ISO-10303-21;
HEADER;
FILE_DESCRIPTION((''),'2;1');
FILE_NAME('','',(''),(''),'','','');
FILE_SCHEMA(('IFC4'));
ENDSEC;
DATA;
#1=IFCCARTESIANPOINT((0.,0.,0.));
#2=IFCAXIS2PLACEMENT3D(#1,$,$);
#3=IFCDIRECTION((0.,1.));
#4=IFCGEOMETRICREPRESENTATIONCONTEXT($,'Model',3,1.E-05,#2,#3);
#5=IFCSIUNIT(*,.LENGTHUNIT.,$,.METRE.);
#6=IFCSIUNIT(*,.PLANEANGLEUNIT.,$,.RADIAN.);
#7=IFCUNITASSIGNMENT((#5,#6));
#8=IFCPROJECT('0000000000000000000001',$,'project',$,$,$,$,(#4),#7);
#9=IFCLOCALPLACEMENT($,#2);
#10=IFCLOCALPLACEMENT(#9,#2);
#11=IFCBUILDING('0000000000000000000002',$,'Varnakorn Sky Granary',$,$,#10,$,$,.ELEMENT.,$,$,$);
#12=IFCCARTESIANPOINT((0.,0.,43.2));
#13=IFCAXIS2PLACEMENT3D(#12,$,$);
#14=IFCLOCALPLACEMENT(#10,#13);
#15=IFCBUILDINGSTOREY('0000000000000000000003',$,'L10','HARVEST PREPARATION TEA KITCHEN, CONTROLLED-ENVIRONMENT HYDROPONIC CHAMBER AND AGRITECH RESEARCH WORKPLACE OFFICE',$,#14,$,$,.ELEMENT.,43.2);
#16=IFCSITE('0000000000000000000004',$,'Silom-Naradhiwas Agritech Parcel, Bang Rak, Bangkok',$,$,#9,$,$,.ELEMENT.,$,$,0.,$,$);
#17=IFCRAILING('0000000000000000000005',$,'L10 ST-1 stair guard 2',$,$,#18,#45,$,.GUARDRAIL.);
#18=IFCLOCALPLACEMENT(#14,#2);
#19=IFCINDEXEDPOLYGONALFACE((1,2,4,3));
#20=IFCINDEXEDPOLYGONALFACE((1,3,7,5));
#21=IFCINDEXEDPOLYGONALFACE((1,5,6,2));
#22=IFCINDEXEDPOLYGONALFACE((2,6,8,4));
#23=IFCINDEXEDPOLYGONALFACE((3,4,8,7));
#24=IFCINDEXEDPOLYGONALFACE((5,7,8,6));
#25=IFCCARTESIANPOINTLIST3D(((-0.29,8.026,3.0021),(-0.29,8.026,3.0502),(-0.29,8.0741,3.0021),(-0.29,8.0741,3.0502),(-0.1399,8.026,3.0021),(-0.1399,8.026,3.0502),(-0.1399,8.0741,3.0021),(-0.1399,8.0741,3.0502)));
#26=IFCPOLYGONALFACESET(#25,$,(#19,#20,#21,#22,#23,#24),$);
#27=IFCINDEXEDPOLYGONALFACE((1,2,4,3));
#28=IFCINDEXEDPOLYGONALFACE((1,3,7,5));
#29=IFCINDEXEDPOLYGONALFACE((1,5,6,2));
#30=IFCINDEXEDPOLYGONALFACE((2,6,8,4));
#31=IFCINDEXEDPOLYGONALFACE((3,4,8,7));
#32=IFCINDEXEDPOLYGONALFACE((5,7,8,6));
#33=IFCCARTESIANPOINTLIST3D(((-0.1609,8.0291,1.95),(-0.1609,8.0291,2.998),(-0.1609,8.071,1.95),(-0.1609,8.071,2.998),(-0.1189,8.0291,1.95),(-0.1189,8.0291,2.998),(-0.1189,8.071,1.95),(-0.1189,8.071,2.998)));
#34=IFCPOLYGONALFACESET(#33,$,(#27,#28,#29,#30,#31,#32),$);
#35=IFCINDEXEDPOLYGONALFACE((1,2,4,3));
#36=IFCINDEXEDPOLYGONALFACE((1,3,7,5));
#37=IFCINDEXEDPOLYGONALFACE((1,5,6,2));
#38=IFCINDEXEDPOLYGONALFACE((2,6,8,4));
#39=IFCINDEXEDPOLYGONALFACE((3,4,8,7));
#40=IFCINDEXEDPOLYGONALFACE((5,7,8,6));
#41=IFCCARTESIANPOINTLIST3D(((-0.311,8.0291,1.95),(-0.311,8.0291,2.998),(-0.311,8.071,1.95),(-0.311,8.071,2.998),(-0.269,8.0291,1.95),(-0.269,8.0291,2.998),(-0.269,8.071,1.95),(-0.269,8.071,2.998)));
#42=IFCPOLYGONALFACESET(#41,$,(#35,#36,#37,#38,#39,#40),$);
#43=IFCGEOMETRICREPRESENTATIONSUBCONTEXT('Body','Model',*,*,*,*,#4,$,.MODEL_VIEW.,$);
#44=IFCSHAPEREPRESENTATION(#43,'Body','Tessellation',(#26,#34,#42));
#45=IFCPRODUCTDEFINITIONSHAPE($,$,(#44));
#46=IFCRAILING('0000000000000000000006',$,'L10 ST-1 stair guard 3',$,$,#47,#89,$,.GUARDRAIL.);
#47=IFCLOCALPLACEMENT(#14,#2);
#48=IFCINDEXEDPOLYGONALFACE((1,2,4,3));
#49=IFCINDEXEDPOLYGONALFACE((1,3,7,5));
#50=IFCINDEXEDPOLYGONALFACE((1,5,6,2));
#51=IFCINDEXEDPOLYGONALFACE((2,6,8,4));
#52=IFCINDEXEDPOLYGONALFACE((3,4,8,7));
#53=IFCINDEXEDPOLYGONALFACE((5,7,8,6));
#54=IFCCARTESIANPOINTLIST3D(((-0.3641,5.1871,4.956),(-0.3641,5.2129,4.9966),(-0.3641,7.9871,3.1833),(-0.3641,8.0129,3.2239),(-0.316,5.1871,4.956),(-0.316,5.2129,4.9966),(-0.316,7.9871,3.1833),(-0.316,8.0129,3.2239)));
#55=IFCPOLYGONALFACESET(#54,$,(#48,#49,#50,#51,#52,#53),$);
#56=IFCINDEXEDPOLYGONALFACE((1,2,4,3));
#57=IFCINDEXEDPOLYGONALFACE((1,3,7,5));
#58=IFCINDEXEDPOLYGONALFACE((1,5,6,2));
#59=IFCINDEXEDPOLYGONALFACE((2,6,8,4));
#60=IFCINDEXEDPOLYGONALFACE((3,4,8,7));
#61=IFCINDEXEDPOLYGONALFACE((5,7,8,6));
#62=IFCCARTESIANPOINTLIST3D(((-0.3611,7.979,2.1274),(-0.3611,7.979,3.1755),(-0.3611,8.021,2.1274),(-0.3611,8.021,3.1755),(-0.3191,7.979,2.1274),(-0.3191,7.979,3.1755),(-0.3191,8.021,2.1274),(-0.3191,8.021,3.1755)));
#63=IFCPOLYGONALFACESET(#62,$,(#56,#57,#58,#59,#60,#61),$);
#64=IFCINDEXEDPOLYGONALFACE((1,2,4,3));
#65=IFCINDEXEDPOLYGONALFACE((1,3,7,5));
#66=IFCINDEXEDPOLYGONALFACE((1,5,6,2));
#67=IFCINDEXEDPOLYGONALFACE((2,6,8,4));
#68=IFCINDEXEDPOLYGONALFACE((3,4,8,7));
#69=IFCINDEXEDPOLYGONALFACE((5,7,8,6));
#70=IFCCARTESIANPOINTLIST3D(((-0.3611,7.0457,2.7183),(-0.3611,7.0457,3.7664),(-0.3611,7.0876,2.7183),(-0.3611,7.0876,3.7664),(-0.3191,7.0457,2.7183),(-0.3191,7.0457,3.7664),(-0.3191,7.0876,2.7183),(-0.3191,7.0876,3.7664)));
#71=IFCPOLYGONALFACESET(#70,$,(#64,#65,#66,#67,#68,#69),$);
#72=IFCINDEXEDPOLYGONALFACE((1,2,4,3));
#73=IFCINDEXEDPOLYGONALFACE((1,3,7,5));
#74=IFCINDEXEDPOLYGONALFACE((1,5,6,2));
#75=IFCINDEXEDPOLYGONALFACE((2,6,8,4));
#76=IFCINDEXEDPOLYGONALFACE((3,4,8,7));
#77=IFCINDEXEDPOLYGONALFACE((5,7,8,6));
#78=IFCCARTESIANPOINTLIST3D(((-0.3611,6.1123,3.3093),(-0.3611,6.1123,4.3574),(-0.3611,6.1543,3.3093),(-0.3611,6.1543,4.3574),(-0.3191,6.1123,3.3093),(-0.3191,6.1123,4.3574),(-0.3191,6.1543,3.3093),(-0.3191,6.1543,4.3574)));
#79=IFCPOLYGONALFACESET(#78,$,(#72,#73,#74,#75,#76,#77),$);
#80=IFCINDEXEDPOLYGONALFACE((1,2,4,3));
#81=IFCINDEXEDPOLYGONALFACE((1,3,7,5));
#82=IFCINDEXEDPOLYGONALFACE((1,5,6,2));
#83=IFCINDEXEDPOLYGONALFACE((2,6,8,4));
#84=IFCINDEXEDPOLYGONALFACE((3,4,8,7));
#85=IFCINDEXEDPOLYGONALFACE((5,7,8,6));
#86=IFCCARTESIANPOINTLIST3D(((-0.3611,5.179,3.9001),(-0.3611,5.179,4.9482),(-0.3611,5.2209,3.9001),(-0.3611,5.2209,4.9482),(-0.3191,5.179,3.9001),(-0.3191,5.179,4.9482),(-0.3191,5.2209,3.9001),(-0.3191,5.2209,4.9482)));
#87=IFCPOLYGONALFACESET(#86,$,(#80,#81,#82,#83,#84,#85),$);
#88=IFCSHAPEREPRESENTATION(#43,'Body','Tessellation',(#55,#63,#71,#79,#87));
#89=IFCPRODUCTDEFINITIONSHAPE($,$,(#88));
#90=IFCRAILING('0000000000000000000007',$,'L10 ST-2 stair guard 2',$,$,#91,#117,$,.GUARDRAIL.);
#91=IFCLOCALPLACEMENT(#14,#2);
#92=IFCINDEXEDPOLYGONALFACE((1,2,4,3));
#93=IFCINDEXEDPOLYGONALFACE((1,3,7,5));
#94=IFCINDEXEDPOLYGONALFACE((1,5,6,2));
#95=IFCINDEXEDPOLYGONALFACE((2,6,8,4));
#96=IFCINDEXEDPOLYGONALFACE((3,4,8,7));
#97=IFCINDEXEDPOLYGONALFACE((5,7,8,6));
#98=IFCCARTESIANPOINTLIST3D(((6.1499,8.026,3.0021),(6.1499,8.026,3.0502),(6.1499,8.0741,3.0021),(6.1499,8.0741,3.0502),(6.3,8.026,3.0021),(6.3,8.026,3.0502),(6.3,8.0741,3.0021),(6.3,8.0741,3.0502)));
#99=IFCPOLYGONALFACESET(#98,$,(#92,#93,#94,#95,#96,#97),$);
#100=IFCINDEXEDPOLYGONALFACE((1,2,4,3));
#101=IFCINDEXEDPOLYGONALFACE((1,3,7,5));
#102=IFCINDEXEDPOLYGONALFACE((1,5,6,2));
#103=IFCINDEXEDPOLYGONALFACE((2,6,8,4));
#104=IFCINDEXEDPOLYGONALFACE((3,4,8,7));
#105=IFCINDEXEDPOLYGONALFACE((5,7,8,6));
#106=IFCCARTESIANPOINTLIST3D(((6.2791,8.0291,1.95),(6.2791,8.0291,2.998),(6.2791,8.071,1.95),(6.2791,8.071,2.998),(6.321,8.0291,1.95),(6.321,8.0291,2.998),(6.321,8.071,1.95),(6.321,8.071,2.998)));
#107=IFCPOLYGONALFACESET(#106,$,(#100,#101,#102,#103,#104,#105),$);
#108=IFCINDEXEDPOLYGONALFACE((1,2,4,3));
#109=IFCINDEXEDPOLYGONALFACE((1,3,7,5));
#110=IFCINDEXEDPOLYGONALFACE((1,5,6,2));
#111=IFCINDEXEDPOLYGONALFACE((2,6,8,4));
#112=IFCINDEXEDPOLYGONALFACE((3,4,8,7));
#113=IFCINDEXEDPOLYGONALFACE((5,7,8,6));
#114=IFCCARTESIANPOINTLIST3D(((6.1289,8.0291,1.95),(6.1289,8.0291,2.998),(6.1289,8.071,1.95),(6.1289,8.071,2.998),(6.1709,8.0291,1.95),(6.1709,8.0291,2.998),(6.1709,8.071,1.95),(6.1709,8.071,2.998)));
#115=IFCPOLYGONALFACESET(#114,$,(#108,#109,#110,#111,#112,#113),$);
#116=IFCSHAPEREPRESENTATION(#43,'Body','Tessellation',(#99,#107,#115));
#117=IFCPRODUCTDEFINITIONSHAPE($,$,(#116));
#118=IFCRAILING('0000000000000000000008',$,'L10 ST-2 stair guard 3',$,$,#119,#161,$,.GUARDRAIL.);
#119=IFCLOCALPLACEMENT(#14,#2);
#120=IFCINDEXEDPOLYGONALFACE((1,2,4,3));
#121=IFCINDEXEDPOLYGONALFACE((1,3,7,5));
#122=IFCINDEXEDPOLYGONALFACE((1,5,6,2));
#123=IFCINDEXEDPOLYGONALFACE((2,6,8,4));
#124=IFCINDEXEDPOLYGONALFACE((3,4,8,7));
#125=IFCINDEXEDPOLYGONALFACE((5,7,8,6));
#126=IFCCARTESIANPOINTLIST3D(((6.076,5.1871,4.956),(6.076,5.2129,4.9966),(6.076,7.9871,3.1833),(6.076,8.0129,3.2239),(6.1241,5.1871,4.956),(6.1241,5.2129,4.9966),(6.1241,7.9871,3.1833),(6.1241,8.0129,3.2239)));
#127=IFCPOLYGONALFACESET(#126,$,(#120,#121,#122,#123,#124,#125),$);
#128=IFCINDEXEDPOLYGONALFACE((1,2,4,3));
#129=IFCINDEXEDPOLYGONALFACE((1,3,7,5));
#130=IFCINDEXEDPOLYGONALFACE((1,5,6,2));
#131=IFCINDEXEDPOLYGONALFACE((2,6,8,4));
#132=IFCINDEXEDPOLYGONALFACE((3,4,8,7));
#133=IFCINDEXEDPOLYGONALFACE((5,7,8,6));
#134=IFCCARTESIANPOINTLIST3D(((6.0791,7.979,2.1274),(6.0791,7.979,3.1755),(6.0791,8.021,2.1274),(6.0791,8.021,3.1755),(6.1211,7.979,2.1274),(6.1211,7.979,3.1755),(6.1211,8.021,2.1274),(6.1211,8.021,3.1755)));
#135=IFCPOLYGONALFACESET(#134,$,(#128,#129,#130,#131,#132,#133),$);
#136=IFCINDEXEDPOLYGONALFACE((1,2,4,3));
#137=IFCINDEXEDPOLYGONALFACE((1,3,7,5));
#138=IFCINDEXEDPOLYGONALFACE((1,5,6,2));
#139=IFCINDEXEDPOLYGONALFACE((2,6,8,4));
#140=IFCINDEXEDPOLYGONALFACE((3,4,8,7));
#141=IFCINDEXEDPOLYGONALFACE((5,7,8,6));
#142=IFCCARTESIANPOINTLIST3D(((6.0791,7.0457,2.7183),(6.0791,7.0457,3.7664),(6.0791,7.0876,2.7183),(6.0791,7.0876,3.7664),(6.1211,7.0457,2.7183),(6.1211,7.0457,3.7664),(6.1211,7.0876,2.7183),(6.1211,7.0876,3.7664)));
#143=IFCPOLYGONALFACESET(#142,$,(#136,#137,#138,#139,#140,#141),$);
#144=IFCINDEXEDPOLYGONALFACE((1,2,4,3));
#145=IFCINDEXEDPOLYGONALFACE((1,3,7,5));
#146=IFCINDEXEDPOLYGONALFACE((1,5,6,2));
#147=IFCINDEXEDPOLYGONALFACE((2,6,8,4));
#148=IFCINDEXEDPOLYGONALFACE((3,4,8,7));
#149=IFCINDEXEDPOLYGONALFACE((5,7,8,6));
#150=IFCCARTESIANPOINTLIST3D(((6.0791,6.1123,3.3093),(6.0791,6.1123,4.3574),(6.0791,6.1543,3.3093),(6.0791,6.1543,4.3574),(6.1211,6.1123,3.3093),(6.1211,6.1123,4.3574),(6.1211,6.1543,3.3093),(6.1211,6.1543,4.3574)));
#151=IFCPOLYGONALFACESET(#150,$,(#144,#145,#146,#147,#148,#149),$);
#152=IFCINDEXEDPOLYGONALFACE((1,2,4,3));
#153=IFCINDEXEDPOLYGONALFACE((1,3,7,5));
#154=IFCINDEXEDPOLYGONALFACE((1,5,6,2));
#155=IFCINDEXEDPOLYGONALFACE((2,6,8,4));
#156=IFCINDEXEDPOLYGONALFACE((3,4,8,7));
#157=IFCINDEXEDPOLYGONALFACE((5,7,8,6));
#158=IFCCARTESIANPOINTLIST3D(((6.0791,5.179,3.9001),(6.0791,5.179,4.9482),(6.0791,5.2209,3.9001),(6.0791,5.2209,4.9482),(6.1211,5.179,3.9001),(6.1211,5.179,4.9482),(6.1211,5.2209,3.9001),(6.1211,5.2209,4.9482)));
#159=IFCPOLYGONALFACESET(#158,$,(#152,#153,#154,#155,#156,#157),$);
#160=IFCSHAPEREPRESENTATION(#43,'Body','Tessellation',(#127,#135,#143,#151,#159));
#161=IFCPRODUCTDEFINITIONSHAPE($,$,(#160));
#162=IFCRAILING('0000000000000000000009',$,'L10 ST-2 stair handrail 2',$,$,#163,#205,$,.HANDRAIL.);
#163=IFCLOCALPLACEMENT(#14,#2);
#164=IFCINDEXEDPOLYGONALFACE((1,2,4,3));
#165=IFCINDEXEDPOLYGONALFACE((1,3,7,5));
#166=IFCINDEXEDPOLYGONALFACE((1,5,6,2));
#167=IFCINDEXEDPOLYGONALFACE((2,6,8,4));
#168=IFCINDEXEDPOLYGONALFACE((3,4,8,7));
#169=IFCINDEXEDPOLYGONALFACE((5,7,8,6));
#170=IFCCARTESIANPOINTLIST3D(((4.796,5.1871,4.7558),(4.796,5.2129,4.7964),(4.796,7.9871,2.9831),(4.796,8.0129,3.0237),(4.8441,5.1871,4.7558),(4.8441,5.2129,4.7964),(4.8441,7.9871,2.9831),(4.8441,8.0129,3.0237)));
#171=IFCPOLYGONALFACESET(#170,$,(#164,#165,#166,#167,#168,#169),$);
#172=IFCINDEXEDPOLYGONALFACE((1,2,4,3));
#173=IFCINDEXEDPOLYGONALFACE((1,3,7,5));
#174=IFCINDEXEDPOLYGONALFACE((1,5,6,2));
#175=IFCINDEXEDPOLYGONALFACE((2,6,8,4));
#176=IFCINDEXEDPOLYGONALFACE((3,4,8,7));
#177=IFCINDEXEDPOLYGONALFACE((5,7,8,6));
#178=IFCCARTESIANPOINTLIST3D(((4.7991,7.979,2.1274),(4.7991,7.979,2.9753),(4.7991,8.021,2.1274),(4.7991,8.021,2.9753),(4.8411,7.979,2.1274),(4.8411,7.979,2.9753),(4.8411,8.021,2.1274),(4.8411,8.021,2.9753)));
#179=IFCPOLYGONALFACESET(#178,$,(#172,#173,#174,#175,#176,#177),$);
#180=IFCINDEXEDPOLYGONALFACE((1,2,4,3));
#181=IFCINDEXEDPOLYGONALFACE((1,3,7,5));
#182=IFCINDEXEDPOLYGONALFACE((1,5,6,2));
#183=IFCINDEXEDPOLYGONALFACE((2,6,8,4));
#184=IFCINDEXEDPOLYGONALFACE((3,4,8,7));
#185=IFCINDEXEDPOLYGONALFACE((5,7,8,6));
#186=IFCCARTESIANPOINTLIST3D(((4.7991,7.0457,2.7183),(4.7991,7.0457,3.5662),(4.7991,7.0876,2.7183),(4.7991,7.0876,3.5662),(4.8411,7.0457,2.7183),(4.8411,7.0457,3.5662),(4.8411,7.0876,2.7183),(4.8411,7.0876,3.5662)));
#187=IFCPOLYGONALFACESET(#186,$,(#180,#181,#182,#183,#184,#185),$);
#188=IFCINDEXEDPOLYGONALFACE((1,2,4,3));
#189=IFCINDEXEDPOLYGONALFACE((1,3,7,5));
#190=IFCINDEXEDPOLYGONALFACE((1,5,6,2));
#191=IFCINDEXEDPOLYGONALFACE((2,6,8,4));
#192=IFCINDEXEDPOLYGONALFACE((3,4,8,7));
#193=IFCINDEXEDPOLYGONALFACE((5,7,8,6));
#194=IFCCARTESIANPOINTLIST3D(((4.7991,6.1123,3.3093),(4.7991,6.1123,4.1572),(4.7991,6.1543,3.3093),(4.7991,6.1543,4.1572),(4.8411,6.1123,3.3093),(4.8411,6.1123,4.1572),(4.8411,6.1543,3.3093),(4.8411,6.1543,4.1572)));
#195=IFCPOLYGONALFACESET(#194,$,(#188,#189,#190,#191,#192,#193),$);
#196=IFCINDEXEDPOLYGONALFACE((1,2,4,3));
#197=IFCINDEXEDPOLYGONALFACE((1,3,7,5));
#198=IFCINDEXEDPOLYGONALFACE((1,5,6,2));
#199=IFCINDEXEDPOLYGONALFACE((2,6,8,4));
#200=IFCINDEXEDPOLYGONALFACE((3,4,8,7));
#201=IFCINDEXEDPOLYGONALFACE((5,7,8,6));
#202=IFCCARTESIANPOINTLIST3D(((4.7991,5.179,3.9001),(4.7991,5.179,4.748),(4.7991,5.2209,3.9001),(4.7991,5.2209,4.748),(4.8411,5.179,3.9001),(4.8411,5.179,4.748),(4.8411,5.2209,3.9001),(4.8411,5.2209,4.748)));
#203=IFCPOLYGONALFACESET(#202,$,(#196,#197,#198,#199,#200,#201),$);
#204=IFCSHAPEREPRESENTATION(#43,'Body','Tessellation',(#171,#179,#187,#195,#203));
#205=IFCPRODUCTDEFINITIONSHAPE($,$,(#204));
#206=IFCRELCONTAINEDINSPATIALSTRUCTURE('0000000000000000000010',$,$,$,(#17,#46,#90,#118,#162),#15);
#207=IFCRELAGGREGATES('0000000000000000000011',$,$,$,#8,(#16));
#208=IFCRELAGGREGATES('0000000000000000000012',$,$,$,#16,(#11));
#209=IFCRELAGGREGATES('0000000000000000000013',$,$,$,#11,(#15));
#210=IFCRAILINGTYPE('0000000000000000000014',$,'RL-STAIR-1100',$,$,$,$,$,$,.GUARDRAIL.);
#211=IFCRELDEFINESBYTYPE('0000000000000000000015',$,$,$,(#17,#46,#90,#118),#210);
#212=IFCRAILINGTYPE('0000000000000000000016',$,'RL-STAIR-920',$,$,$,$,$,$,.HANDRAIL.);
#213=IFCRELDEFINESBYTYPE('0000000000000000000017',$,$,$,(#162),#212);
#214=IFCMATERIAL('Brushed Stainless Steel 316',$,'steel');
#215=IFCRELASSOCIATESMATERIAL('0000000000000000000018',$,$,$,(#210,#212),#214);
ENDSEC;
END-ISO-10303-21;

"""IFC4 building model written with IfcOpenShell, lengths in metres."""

from ifc_helpers import new_model, si_unit, direction, frame, origin, origin_2d, place, context, subcontext, project, spatial, rectangle, extrude, material, type_object, element, save


model = new_model("IFC4")

# Units and contexts
model_context = context("Model", 3, precision=1e-05, world=origin(), true_north=direction((0.0, 1.0)))
body_context = subcontext(model_context, "Body", "Model", "MODEL_VIEW")
ifc_project = project(units=[si_unit("LENGTHUNIT", "METRE"), si_unit("PLANEANGLEUNIT", "RADIAN")], contexts=[model_context])

# Site, building, storey
site_placement = place(None, origin())
site = spatial("IfcSite", under=ifc_project, at=site_placement, Name="Silom-Naradhiwas Agritech Parcel, Bang Rak, Bangkok", CompositionType="ELEMENT", RefElevation=0.0)
building_placement = place(site_placement, origin())
building = spatial("IfcBuilding", under=site, at=building_placement, Name="Varnakorn Sky Granary", CompositionType="ELEMENT")
storey_placement = place(building_placement, frame((0.0, 0.0, 43.2)))
storey = spatial("IfcBuildingStorey", under=building, at=storey_placement, Name="L10", Description="HARVEST PREPARATION TEA KITCHEN, CONTROLLED-ENVIRONMENT HYDROPONIC CHAMBER AND AGRITECH RESEARCH WORKPLACE OFFICE", CompositionType="ELEMENT", Elevation=43.2)

# Railings
ifc_material_1 = material(Name="Brushed Stainless Steel 316", Category="steel")
railing_type_1 = type_object("IfcRailingType", Name="RL-STAIR-1100", PredefinedType="GUARDRAIL", material=ifc_material_1)
railing_1_placement = place(storey_placement, frame((-0.1399, 8.05, 1.95)))
element("IfcRailing", 1, at=railing_1_placement, inside=storey, type_object=railing_type_1, Name="L10 ST-1 stair guard 2", PredefinedType="GUARDRAIL", context=body_context, shape_type="SweptSolid", body=[
    extrude(rectangle(XDim=0.0481, YDim=0.0481, at=origin_2d()), frame((0.0, 0.0, 1.0762), z_axis=(-1.0, 0.0, 0.0), x_axis=(0.0, -1.0, 0.0)), (0.0, 0.0, 1.0), 0.1501),
    extrude(rectangle(XDim=0.042, YDim=0.042, at=origin_2d()), origin(), (0.0, 0.0, 1.0), 1.0481),
    extrude(rectangle(XDim=0.042, YDim=0.042, at=origin_2d()), frame((-0.1501, 0.0, 0.0)), (0.0, 0.0, 1.0), 1.0481),
])
railing_2_placement = place(storey_placement, frame((-0.3401, 8.0, 2.1274)))
element("IfcRailing", 2, at=railing_2_placement, inside=storey, type_object=railing_type_1, Name="L10 ST-1 stair guard 3", PredefinedType="GUARDRAIL", context=body_context, shape_type="SweptSolid", body=[
    extrude(rectangle(XDim=0.0481, YDim=0.0481, at=origin_2d()), frame((0.0, 0.0, 1.0762), z_axis=(0.0, -0.844909, 0.53491), x_axis=(1.0, 0.0, 0.0)), (0.0, 0.0, 1.0), 3.314),
    extrude(rectangle(XDim=0.042, YDim=0.042, at=origin_2d()), origin(), (0.0, 0.0, 1.0), 1.0481),
    extrude(rectangle(XDim=0.042, YDim=0.042, at=origin_2d()), frame((0.0, -0.9333, 0.5908)), (0.0, 0.0, 1.0), 1.0481),
    extrude(rectangle(XDim=0.042, YDim=0.042, at=origin_2d()), frame((0.0, -1.8667, 1.1819)), (0.0, 0.0, 1.0), 1.0481),
    extrude(rectangle(XDim=0.042, YDim=0.042, at=origin_2d()), frame((0.0, -2.8, 1.7727)), (0.0, 0.0, 1.0), 1.0481),
])
railing_3_placement = place(storey_placement, frame((6.3, 8.05, 1.95)))
element("IfcRailing", 3, at=railing_3_placement, inside=storey, type_object=railing_type_1, Name="L10 ST-2 stair guard 2", PredefinedType="GUARDRAIL", context=body_context, shape_type="SweptSolid", body=[
    extrude(rectangle(XDim=0.0481, YDim=0.0481, at=origin_2d()), frame((0.0, 0.0, 1.0762), z_axis=(-1.0, 0.0, 0.0), x_axis=(0.0, -1.0, 0.0)), (0.0, 0.0, 1.0), 0.1501),
    extrude(rectangle(XDim=0.042, YDim=0.042, at=origin_2d()), origin(), (0.0, 0.0, 1.0), 1.0481),
    extrude(rectangle(XDim=0.042, YDim=0.042, at=origin_2d()), frame((-0.1501, 0.0, 0.0)), (0.0, 0.0, 1.0), 1.0481),
])
railing_4_placement = place(storey_placement, frame((6.1001, 8.0, 2.1274)))
element("IfcRailing", 4, at=railing_4_placement, inside=storey, type_object=railing_type_1, Name="L10 ST-2 stair guard 3", PredefinedType="GUARDRAIL", context=body_context, shape_type="SweptSolid", body=[
    extrude(rectangle(XDim=0.0481, YDim=0.0481, at=origin_2d()), frame((0.0, 0.0, 1.0762), z_axis=(0.0, -0.844909, 0.53491), x_axis=(1.0, 0.0, 0.0)), (0.0, 0.0, 1.0), 3.314),
    extrude(rectangle(XDim=0.042, YDim=0.042, at=origin_2d()), origin(), (0.0, 0.0, 1.0), 1.0481),
    extrude(rectangle(XDim=0.042, YDim=0.042, at=origin_2d()), frame((0.0, -0.9333, 0.5908)), (0.0, 0.0, 1.0), 1.0481),
    extrude(rectangle(XDim=0.042, YDim=0.042, at=origin_2d()), frame((0.0, -1.8667, 1.1819)), (0.0, 0.0, 1.0), 1.0481),
    extrude(rectangle(XDim=0.042, YDim=0.042, at=origin_2d()), frame((0.0, -2.8, 1.7727)), (0.0, 0.0, 1.0), 1.0481),
])
railing_type_2 = type_object("IfcRailingType", Name="RL-STAIR-920", PredefinedType="HANDRAIL", material=ifc_material_1)
railing_5_placement = place(storey_placement, frame((4.8201, 8.0, 2.1274)))
element("IfcRailing", 5, at=railing_5_placement, inside=storey, type_object=railing_type_2, Name="L10 ST-2 stair handrail 2", PredefinedType="HANDRAIL", context=body_context, shape_type="SweptSolid", body=[
    extrude(rectangle(XDim=0.0481, YDim=0.0481, at=origin_2d()), frame((0.0, 0.0, 0.876), z_axis=(0.0, -0.844909, 0.53491), x_axis=(1.0, 0.0, 0.0)), (0.0, 0.0, 1.0), 3.314),
    extrude(rectangle(XDim=0.042, YDim=0.042, at=origin_2d()), origin(), (0.0, 0.0, 1.0), 0.8479),
    extrude(rectangle(XDim=0.042, YDim=0.042, at=origin_2d()), frame((0.0, -0.9333, 0.5908)), (0.0, 0.0, 1.0), 0.8479),
    extrude(rectangle(XDim=0.042, YDim=0.042, at=origin_2d()), frame((0.0, -1.8667, 1.1819)), (0.0, 0.0, 1.0), 0.8479),
    extrude(rectangle(XDim=0.042, YDim=0.042, at=origin_2d()), frame((0.0, -2.8, 1.7727)), (0.0, 0.0, 1.0), 0.8479),
])

save(model, "model.ifc")
